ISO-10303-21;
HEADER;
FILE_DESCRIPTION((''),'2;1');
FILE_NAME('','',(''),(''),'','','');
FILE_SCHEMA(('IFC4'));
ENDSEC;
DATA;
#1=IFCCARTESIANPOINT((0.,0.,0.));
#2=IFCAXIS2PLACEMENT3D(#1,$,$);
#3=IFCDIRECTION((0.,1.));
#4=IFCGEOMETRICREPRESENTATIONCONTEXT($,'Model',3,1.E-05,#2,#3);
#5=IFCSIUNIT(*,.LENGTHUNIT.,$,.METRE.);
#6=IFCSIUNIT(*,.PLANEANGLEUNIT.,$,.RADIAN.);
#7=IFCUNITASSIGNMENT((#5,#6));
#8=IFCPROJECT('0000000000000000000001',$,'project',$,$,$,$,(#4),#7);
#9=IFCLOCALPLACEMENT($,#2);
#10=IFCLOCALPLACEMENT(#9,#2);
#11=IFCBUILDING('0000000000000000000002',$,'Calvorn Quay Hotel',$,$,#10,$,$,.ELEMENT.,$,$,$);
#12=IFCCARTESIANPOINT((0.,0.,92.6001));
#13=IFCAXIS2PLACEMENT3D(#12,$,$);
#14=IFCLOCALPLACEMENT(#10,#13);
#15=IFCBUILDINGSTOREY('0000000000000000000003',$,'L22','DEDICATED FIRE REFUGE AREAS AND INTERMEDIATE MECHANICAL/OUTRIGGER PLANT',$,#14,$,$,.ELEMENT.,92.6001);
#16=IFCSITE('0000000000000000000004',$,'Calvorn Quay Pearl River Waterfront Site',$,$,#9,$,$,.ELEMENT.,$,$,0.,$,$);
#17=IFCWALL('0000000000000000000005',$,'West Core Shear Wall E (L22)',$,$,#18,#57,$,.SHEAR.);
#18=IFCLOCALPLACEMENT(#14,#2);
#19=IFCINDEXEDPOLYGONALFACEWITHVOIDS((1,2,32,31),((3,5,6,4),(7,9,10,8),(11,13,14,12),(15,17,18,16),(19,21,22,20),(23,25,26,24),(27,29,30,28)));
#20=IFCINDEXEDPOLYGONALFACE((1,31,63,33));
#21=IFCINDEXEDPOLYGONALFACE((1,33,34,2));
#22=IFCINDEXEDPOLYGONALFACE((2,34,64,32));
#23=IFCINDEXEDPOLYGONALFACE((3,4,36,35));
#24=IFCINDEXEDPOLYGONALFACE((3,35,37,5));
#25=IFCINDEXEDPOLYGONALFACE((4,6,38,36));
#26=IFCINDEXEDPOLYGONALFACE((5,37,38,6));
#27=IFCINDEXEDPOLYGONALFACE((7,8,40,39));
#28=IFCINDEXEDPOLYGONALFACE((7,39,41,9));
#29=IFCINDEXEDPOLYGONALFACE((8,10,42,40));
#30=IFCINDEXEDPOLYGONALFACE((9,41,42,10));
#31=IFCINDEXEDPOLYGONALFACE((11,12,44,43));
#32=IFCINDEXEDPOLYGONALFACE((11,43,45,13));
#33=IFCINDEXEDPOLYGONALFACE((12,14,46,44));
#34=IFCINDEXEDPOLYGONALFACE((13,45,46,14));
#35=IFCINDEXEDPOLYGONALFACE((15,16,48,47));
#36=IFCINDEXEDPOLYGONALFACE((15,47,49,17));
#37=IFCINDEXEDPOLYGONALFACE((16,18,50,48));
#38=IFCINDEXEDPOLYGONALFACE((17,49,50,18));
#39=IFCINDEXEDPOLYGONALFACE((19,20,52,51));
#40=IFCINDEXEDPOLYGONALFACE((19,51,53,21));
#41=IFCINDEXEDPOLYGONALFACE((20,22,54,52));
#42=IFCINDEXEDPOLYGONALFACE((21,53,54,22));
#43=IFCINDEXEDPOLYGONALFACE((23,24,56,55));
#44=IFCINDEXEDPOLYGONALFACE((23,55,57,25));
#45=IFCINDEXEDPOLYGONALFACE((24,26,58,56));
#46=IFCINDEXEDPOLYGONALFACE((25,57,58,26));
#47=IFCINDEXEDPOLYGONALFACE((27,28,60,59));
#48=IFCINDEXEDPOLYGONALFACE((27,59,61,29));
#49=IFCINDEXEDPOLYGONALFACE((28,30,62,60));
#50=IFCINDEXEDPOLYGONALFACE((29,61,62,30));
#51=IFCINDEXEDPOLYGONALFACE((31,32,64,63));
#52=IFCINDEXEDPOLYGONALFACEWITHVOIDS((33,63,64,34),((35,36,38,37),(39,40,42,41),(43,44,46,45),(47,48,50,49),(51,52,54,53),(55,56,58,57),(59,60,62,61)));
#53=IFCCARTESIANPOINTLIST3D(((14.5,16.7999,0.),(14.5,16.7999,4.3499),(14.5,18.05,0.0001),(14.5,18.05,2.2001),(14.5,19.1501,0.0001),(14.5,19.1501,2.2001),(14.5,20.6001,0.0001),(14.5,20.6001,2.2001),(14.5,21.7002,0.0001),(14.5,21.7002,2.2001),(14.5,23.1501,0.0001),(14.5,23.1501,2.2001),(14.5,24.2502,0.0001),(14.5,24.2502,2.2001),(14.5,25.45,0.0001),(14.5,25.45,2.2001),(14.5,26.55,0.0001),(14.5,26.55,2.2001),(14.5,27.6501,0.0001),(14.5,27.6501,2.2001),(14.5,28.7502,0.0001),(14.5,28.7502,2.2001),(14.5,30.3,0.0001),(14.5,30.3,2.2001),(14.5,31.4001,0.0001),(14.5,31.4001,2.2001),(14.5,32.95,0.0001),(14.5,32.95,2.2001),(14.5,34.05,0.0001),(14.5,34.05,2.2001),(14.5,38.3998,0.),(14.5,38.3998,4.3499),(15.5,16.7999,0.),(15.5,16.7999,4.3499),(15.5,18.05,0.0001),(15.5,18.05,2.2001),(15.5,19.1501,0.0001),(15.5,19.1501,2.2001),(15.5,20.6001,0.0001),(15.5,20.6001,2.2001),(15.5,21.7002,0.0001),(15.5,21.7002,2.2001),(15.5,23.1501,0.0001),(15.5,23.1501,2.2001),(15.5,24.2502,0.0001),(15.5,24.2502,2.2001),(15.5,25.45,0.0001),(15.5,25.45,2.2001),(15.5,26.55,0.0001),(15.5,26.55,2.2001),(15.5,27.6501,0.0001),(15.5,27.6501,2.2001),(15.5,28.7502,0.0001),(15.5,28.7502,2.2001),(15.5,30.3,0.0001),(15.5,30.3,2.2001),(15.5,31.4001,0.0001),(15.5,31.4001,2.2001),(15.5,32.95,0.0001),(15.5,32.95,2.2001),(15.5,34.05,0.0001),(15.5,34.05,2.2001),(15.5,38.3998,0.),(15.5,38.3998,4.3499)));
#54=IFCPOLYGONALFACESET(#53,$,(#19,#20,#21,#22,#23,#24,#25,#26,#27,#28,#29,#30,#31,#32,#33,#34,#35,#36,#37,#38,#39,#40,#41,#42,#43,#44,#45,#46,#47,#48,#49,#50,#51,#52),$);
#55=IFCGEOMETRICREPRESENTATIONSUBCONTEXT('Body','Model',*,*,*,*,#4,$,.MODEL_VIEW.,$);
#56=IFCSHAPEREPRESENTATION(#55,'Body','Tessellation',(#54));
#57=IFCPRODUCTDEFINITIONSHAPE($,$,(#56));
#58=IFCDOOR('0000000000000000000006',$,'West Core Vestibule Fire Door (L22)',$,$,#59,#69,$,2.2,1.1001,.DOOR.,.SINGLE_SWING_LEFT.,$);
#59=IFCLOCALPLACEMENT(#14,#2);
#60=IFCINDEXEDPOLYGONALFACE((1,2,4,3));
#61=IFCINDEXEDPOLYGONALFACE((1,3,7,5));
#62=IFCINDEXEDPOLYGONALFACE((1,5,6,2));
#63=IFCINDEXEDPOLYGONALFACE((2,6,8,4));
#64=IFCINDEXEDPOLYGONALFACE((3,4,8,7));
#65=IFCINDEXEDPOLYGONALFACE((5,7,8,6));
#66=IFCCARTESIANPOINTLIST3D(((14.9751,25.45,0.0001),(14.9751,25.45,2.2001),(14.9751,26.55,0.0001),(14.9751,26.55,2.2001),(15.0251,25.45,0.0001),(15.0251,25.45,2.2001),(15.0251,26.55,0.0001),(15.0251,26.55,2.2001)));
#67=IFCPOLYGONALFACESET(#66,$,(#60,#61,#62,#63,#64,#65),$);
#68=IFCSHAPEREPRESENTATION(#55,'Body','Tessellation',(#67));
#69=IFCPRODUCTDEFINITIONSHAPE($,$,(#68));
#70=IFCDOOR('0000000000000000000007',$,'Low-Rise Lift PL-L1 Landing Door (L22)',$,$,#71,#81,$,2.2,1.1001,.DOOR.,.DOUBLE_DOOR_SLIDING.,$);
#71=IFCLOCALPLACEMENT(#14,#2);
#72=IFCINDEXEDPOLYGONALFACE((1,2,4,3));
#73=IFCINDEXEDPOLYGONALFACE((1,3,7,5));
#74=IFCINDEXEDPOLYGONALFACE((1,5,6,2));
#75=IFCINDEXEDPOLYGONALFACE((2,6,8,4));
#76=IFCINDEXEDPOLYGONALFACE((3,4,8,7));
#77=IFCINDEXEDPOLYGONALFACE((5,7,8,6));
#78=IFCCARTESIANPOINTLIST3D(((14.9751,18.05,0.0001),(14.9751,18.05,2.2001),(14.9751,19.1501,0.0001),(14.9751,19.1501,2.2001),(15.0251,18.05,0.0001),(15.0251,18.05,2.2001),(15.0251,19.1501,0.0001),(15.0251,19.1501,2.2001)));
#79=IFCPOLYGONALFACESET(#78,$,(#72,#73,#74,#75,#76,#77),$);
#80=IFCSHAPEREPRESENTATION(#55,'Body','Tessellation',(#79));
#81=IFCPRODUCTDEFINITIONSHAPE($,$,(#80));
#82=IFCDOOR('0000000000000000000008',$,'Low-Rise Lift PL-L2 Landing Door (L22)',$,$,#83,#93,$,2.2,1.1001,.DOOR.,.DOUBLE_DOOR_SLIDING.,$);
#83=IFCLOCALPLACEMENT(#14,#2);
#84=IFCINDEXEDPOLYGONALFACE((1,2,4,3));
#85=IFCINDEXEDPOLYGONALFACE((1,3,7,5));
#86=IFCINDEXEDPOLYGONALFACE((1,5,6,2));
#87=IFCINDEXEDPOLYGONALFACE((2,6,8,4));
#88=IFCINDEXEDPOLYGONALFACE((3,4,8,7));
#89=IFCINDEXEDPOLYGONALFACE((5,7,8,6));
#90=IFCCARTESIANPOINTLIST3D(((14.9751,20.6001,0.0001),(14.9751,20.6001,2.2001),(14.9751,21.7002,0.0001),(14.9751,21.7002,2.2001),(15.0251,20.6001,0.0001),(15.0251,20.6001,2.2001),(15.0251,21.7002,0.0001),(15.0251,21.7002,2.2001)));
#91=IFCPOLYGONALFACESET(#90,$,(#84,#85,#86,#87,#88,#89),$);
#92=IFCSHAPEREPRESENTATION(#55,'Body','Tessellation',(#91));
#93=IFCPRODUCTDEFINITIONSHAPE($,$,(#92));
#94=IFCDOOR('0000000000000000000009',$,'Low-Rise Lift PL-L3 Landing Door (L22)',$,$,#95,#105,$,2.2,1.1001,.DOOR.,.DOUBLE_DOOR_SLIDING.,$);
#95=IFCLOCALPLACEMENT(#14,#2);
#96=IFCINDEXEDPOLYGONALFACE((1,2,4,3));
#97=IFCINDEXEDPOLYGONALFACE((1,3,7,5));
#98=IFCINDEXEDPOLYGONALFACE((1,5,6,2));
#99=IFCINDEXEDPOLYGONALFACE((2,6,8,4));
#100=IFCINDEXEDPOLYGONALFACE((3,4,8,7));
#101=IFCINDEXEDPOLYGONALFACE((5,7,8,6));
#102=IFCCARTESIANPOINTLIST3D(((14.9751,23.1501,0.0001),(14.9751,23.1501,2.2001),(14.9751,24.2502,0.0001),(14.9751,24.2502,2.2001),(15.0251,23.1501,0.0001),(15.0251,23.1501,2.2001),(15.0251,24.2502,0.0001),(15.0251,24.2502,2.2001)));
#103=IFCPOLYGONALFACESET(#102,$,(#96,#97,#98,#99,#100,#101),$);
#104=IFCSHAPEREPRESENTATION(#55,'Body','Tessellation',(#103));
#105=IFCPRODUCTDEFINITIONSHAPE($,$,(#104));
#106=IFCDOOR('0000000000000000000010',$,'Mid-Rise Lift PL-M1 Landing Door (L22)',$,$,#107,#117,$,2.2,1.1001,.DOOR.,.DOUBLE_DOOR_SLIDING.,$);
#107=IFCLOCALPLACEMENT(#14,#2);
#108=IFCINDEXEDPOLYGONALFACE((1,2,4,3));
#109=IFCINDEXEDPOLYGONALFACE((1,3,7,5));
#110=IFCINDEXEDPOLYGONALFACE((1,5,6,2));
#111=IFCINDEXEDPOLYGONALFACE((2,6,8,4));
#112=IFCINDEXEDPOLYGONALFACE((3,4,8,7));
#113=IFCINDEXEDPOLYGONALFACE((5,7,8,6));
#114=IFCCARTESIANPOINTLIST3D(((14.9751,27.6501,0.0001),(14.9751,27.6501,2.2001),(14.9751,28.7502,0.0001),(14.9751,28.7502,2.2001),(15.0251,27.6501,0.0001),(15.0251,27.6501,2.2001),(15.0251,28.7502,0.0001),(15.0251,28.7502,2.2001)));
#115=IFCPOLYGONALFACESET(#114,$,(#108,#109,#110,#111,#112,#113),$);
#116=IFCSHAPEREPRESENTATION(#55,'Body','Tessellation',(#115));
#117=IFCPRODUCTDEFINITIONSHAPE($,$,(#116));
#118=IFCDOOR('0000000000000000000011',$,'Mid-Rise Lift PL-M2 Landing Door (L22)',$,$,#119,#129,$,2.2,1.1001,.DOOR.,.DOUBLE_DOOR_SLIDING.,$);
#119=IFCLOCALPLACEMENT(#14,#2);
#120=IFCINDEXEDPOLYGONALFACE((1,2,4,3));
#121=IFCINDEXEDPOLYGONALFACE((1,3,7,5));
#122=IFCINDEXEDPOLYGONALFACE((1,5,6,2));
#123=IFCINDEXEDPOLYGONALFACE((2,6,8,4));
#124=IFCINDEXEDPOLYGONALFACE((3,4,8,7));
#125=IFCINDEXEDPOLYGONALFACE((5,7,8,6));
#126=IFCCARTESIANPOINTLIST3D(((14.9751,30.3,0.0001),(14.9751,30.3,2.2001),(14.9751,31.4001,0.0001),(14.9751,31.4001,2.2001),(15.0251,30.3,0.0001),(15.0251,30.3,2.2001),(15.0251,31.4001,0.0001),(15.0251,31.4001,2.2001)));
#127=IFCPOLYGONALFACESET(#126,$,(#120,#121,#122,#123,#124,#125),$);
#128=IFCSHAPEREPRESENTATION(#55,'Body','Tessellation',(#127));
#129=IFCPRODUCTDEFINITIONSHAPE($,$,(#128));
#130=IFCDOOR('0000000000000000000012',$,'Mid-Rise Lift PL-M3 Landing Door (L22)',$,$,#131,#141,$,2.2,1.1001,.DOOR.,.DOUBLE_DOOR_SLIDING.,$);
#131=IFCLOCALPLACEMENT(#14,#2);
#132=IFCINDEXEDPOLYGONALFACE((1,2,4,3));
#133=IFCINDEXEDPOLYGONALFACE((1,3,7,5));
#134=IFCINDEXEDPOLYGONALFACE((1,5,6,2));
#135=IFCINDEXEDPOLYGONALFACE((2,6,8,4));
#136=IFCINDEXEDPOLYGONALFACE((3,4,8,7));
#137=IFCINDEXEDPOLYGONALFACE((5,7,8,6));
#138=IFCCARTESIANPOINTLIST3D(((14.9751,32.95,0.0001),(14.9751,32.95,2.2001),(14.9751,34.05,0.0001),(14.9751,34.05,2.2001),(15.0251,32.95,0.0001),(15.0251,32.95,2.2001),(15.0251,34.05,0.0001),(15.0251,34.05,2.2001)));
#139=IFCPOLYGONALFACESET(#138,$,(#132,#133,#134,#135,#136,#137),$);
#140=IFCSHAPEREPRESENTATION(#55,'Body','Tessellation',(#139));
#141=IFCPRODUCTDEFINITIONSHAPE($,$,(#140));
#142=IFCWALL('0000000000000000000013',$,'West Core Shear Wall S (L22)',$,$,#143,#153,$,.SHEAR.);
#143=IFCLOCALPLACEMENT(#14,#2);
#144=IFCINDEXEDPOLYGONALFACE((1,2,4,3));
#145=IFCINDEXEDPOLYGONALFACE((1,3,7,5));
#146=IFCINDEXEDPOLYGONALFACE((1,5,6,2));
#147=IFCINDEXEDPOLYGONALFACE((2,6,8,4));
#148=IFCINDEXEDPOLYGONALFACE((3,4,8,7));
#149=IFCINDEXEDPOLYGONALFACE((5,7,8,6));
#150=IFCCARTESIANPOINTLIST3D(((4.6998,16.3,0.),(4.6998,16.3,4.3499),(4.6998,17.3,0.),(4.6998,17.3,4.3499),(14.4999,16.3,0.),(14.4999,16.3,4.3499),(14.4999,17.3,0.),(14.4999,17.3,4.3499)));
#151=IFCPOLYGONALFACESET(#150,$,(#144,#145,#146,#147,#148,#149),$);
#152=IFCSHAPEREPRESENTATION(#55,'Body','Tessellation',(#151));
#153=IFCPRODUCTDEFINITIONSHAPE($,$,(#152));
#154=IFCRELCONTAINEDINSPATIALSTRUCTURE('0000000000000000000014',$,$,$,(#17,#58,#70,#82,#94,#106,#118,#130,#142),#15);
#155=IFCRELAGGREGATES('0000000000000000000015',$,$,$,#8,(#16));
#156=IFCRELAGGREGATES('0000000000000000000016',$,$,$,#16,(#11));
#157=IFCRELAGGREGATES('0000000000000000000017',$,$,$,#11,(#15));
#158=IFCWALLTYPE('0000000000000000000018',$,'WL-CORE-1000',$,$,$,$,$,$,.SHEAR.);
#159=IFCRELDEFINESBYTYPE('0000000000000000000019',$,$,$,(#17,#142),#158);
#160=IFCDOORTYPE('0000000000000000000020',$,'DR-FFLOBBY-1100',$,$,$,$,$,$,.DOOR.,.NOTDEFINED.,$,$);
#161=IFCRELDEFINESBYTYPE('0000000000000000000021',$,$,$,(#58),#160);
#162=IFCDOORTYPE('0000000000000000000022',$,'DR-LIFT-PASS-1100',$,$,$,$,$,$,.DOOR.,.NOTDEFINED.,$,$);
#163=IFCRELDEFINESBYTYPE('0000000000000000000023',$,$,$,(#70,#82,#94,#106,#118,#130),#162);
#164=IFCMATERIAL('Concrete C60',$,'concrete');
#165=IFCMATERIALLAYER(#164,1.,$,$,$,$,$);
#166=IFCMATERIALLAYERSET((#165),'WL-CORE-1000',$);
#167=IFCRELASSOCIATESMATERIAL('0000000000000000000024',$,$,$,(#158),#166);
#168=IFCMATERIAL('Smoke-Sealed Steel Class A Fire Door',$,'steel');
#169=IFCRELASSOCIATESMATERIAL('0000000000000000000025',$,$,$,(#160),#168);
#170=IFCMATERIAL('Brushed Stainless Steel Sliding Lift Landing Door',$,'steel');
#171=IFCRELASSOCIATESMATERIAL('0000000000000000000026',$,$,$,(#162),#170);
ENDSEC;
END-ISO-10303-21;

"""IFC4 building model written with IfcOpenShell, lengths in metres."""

from ifc_helpers import new_model, si_unit, direction, frame, frame_2d, origin, place, context, subcontext, project, spatial, rectangle, extrude, material, layer, layer_set, type_object, element, fill, save


model = new_model("IFC4")

# Units and contexts
model_context = context("Model", 3, precision=1e-05, world=origin(), true_north=direction((0.0, 1.0)))
body_context = subcontext(model_context, "Body", "Model", "MODEL_VIEW")
ifc_project = project(units=[si_unit("LENGTHUNIT", "METRE"), si_unit("PLANEANGLEUNIT", "RADIAN")], contexts=[model_context])

# Site, building, storey
site_placement = place(None, origin())
site = spatial("IfcSite", under=ifc_project, at=site_placement, Name="Calvorn Quay Pearl River Waterfront Site", CompositionType="ELEMENT", RefElevation=0.0)
building_placement = place(site_placement, origin())
building = spatial("IfcBuilding", under=site, at=building_placement, Name="Calvorn Quay Hotel", CompositionType="ELEMENT")
storey_placement = place(building_placement, frame((0.0, 0.0, 92.6001)))
storey = spatial("IfcBuildingStorey", under=building, at=storey_placement, Name="L22", Description="DEDICATED FIRE REFUGE AREAS AND INTERMEDIATE MECHANICAL/OUTRIGGER PLANT", CompositionType="ELEMENT", Elevation=92.6001)

# Wall, openings, doors
ifc_material_1 = material(Name="Concrete C60", Category="concrete")
ifc_layer_1 = layer(ifc_material_1, 1.0)
ifc_layer_set_1 = layer_set([ifc_layer_1], Name="WL-CORE-1000")
wall_type_1 = type_object("IfcWallType", Name="WL-CORE-1000", PredefinedType="SHEAR", material=ifc_layer_set_1)
wall_1_placement = place(storey_placement, frame((15.0, 16.8, 0.0), z_axis=(0.0, 0.0, 1.0), x_axis=(0.0, 1.0, 0.0)))
wall_1 = element("IfcWall", 1, at=wall_1_placement, inside=storey, type_object=wall_type_1, Name="West Core Shear Wall E (L22)", PredefinedType="SHEAR", context=body_context, shape_type="SweptSolid", body=[
    extrude(rectangle(XDim=21.5999, YDim=1.0, at=frame_2d((10.7998, 0.0))), origin(), (0.0, 0.0, 1.0), 4.3499),
])
opening_1_placement = place(wall_1_placement, frame((8.6499, 0.0, 0.0)))
opening_1 = element("IfcOpeningElement", 2, at=opening_1_placement, cuts=wall_1, PredefinedType="OPENING", context=body_context, shape_type="SweptSolid", body=[
    extrude(rectangle(XDim=1.1001, YDim=2.2, at=frame_2d((0.55, 1.1001))), frame((0.0, 0.51, 0.0), z_axis=(0.0, -1.0, 0.0), x_axis=(1.0, 0.0, 0.0)), (0.0, 0.0, 1.0), 1.02),
])
opening_2_placement = place(wall_1_placement, frame((1.25, 0.0, 0.0)))
opening_2 = element("IfcOpeningElement", 3, at=opening_2_placement, cuts=wall_1, PredefinedType="OPENING", context=body_context, shape_type="SweptSolid", body=[
    extrude(rectangle(XDim=1.1001, YDim=2.2, at=frame_2d((0.55, 1.1001))), frame((0.0, 0.51, 0.0), z_axis=(0.0, -1.0, 0.0), x_axis=(1.0, 0.0, 0.0)), (0.0, 0.0, 1.0), 1.02),
])
opening_3_placement = place(wall_1_placement, frame((3.8, 0.0, 0.0)))
opening_3 = element("IfcOpeningElement", 4, at=opening_3_placement, cuts=wall_1, PredefinedType="OPENING", context=body_context, shape_type="SweptSolid", body=[
    extrude(rectangle(XDim=1.1001, YDim=2.2, at=frame_2d((0.55, 1.1001))), frame((0.0, 0.51, 0.0), z_axis=(0.0, -1.0, 0.0), x_axis=(1.0, 0.0, 0.0)), (0.0, 0.0, 1.0), 1.02),
])
opening_4_placement = place(wall_1_placement, frame((6.3501, 0.0, 0.0)))
opening_4 = element("IfcOpeningElement", 5, at=opening_4_placement, cuts=wall_1, PredefinedType="OPENING", context=body_context, shape_type="SweptSolid", body=[
    extrude(rectangle(XDim=1.1001, YDim=2.2, at=frame_2d((0.55, 1.1001))), frame((0.0, 0.51, 0.0), z_axis=(0.0, -1.0, 0.0), x_axis=(1.0, 0.0, 0.0)), (0.0, 0.0, 1.0), 1.02),
])
opening_5_placement = place(wall_1_placement, frame((10.8501, 0.0, 0.0)))
opening_5 = element("IfcOpeningElement", 6, at=opening_5_placement, cuts=wall_1, PredefinedType="OPENING", context=body_context, shape_type="SweptSolid", body=[
    extrude(rectangle(XDim=1.1001, YDim=2.2, at=frame_2d((0.55, 1.1001))), frame((0.0, 0.51, 0.0), z_axis=(0.0, -1.0, 0.0), x_axis=(1.0, 0.0, 0.0)), (0.0, 0.0, 1.0), 1.02),
])
opening_6_placement = place(wall_1_placement, frame((13.5, 0.0, 0.0)))
opening_6 = element("IfcOpeningElement", 7, at=opening_6_placement, cuts=wall_1, PredefinedType="OPENING", context=body_context, shape_type="SweptSolid", body=[
    extrude(rectangle(XDim=1.1001, YDim=2.2, at=frame_2d((0.55, 1.1001))), frame((0.0, 0.51, 0.0), z_axis=(0.0, -1.0, 0.0), x_axis=(1.0, 0.0, 0.0)), (0.0, 0.0, 1.0), 1.02),
])
opening_7_placement = place(wall_1_placement, frame((16.1499, 0.0, 0.0)))
opening_7 = element("IfcOpeningElement", 8, at=opening_7_placement, cuts=wall_1, PredefinedType="OPENING", context=body_context, shape_type="SweptSolid", body=[
    extrude(rectangle(XDim=1.1001, YDim=2.2, at=frame_2d((0.55, 1.1001))), frame((0.0, 0.51, 0.0), z_axis=(0.0, -1.0, 0.0), x_axis=(1.0, 0.0, 0.0)), (0.0, 0.0, 1.0), 1.02),
])
ifc_material_2 = material(Name="Smoke-Sealed Steel Class A Fire Door", Category="steel")
door_type_1 = type_object("IfcDoorType", Name="DR-FFLOBBY-1100", OperationType="NOTDEFINED", PredefinedType="DOOR", material=ifc_material_2)
door_1_placement = place(opening_1_placement, origin())
door_1 = element("IfcDoor", 9, at=door_1_placement, inside=storey, type_object=door_type_1, Name="West Core Vestibule Fire Door (L22)", OperationType="SINGLE_SWING_LEFT", OverallHeight=2.2, OverallWidth=1.1001, PredefinedType="DOOR", context=body_context, shape_type="SweptSolid", body=[
    extrude(rectangle(XDim=1.1001, YDim=2.2, at=frame_2d((0.55, 1.1001))), frame((0.0, 0.0249, 0.0), z_axis=(0.0, -1.0, 0.0), x_axis=(1.0, 0.0, 0.0)), (0.0, 0.0, 1.0), 0.05),
])
fill(opening_1, door_1)
ifc_material_3 = material(Name="Brushed Stainless Steel Sliding Lift Landing Door", Category="steel")
door_type_2 = type_object("IfcDoorType", Name="DR-LIFT-PASS-1100", OperationType="NOTDEFINED", PredefinedType="DOOR", material=ifc_material_3)
door_2_placement = place(opening_2_placement, origin())
door_2 = element("IfcDoor", 10, at=door_2_placement, inside=storey, type_object=door_type_2, Name="Low-Rise Lift PL-L1 Landing Door (L22)", OperationType="DOUBLE_DOOR_SLIDING", OverallHeight=2.2, OverallWidth=1.1001, PredefinedType="DOOR", context=body_context, shape_type="SweptSolid", body=[
    extrude(rectangle(XDim=1.1001, YDim=2.2, at=frame_2d((0.55, 1.1001))), frame((0.0, 0.0249, 0.0), z_axis=(0.0, -1.0, 0.0), x_axis=(1.0, 0.0, 0.0)), (0.0, 0.0, 1.0), 0.05),
])
fill(opening_2, door_2)
door_3_placement = place(opening_3_placement, origin())
door_3 = element("IfcDoor", 11, at=door_3_placement, inside=storey, type_object=door_type_2, Name="Low-Rise Lift PL-L2 Landing Door (L22)", OperationType="DOUBLE_DOOR_SLIDING", OverallHeight=2.2, OverallWidth=1.1001, PredefinedType="DOOR", context=body_context, shape_type="SweptSolid", body=[
    extrude(rectangle(XDim=1.1001, YDim=2.2, at=frame_2d((0.55, 1.1001))), frame((0.0, 0.0249, 0.0), z_axis=(0.0, -1.0, 0.0), x_axis=(1.0, 0.0, 0.0)), (0.0, 0.0, 1.0), 0.05),
])
fill(opening_3, door_3)
door_4_placement = place(opening_4_placement, origin())
door_4 = element("IfcDoor", 12, at=door_4_placement, inside=storey, type_object=door_type_2, Name="Low-Rise Lift PL-L3 Landing Door (L22)", OperationType="DOUBLE_DOOR_SLIDING", OverallHeight=2.2, OverallWidth=1.1001, PredefinedType="DOOR", context=body_context, shape_type="SweptSolid", body=[
    extrude(rectangle(XDim=1.1001, YDim=2.2, at=frame_2d((0.55, 1.1001))), frame((0.0, 0.0249, 0.0), z_axis=(0.0, -1.0, 0.0), x_axis=(1.0, 0.0, 0.0)), (0.0, 0.0, 1.0), 0.05),
])
fill(opening_4, door_4)
door_5_placement = place(opening_5_placement, origin())
door_5 = element("IfcDoor", 13, at=door_5_placement, inside=storey, type_object=door_type_2, Name="Mid-Rise Lift PL-M1 Landing Door (L22)", OperationType="DOUBLE_DOOR_SLIDING", OverallHeight=2.2, OverallWidth=1.1001, PredefinedType="DOOR", context=body_context, shape_type="SweptSolid", body=[
    extrude(rectangle(XDim=1.1001, YDim=2.2, at=frame_2d((0.55, 1.1001))), frame((0.0, 0.0249, 0.0), z_axis=(0.0, -1.0, 0.0), x_axis=(1.0, 0.0, 0.0)), (0.0, 0.0, 1.0), 0.05),
])
fill(opening_5, door_5)
door_6_placement = place(opening_6_placement, origin())
door_6 = element("IfcDoor", 14, at=door_6_placement, inside=storey, type_object=door_type_2, Name="Mid-Rise Lift PL-M2 Landing Door (L22)", OperationType="DOUBLE_DOOR_SLIDING", OverallHeight=2.2, OverallWidth=1.1001, PredefinedType="DOOR", context=body_context, shape_type="SweptSolid", body=[
    extrude(rectangle(XDim=1.1001, YDim=2.2, at=frame_2d((0.55, 1.1001))), frame((0.0, 0.0249, 0.0), z_axis=(0.0, -1.0, 0.0), x_axis=(1.0, 0.0, 0.0)), (0.0, 0.0, 1.0), 0.05),
])
fill(opening_6, door_6)
door_7_placement = place(opening_7_placement, origin())
door_7 = element("IfcDoor", 15, at=door_7_placement, inside=storey, type_object=door_type_2, Name="Mid-Rise Lift PL-M3 Landing Door (L22)", OperationType="DOUBLE_DOOR_SLIDING", OverallHeight=2.2, OverallWidth=1.1001, PredefinedType="DOOR", context=body_context, shape_type="SweptSolid", body=[
    extrude(rectangle(XDim=1.1001, YDim=2.2, at=frame_2d((0.55, 1.1001))), frame((0.0, 0.0249, 0.0), z_axis=(0.0, -1.0, 0.0), x_axis=(1.0, 0.0, 0.0)), (0.0, 0.0, 1.0), 0.05),
])
fill(opening_7, door_7)

# Wall
wall_2_placement = place(storey_placement, frame((4.7, 16.8, 0.0), z_axis=(0.0, 0.0, 1.0), x_axis=(1.0, 0.0, 0.0)))
element("IfcWall", 16, at=wall_2_placement, inside=storey, type_object=wall_type_1, Name="West Core Shear Wall S (L22)", PredefinedType="SHEAR", context=body_context, shape_type="SweptSolid", body=[
    extrude(rectangle(XDim=9.8, YDim=1.0, at=frame_2d((4.8999, 0.0))), origin(), (0.0, 0.0, 1.0), 4.3499),
])

save(model, "model.ifc")
